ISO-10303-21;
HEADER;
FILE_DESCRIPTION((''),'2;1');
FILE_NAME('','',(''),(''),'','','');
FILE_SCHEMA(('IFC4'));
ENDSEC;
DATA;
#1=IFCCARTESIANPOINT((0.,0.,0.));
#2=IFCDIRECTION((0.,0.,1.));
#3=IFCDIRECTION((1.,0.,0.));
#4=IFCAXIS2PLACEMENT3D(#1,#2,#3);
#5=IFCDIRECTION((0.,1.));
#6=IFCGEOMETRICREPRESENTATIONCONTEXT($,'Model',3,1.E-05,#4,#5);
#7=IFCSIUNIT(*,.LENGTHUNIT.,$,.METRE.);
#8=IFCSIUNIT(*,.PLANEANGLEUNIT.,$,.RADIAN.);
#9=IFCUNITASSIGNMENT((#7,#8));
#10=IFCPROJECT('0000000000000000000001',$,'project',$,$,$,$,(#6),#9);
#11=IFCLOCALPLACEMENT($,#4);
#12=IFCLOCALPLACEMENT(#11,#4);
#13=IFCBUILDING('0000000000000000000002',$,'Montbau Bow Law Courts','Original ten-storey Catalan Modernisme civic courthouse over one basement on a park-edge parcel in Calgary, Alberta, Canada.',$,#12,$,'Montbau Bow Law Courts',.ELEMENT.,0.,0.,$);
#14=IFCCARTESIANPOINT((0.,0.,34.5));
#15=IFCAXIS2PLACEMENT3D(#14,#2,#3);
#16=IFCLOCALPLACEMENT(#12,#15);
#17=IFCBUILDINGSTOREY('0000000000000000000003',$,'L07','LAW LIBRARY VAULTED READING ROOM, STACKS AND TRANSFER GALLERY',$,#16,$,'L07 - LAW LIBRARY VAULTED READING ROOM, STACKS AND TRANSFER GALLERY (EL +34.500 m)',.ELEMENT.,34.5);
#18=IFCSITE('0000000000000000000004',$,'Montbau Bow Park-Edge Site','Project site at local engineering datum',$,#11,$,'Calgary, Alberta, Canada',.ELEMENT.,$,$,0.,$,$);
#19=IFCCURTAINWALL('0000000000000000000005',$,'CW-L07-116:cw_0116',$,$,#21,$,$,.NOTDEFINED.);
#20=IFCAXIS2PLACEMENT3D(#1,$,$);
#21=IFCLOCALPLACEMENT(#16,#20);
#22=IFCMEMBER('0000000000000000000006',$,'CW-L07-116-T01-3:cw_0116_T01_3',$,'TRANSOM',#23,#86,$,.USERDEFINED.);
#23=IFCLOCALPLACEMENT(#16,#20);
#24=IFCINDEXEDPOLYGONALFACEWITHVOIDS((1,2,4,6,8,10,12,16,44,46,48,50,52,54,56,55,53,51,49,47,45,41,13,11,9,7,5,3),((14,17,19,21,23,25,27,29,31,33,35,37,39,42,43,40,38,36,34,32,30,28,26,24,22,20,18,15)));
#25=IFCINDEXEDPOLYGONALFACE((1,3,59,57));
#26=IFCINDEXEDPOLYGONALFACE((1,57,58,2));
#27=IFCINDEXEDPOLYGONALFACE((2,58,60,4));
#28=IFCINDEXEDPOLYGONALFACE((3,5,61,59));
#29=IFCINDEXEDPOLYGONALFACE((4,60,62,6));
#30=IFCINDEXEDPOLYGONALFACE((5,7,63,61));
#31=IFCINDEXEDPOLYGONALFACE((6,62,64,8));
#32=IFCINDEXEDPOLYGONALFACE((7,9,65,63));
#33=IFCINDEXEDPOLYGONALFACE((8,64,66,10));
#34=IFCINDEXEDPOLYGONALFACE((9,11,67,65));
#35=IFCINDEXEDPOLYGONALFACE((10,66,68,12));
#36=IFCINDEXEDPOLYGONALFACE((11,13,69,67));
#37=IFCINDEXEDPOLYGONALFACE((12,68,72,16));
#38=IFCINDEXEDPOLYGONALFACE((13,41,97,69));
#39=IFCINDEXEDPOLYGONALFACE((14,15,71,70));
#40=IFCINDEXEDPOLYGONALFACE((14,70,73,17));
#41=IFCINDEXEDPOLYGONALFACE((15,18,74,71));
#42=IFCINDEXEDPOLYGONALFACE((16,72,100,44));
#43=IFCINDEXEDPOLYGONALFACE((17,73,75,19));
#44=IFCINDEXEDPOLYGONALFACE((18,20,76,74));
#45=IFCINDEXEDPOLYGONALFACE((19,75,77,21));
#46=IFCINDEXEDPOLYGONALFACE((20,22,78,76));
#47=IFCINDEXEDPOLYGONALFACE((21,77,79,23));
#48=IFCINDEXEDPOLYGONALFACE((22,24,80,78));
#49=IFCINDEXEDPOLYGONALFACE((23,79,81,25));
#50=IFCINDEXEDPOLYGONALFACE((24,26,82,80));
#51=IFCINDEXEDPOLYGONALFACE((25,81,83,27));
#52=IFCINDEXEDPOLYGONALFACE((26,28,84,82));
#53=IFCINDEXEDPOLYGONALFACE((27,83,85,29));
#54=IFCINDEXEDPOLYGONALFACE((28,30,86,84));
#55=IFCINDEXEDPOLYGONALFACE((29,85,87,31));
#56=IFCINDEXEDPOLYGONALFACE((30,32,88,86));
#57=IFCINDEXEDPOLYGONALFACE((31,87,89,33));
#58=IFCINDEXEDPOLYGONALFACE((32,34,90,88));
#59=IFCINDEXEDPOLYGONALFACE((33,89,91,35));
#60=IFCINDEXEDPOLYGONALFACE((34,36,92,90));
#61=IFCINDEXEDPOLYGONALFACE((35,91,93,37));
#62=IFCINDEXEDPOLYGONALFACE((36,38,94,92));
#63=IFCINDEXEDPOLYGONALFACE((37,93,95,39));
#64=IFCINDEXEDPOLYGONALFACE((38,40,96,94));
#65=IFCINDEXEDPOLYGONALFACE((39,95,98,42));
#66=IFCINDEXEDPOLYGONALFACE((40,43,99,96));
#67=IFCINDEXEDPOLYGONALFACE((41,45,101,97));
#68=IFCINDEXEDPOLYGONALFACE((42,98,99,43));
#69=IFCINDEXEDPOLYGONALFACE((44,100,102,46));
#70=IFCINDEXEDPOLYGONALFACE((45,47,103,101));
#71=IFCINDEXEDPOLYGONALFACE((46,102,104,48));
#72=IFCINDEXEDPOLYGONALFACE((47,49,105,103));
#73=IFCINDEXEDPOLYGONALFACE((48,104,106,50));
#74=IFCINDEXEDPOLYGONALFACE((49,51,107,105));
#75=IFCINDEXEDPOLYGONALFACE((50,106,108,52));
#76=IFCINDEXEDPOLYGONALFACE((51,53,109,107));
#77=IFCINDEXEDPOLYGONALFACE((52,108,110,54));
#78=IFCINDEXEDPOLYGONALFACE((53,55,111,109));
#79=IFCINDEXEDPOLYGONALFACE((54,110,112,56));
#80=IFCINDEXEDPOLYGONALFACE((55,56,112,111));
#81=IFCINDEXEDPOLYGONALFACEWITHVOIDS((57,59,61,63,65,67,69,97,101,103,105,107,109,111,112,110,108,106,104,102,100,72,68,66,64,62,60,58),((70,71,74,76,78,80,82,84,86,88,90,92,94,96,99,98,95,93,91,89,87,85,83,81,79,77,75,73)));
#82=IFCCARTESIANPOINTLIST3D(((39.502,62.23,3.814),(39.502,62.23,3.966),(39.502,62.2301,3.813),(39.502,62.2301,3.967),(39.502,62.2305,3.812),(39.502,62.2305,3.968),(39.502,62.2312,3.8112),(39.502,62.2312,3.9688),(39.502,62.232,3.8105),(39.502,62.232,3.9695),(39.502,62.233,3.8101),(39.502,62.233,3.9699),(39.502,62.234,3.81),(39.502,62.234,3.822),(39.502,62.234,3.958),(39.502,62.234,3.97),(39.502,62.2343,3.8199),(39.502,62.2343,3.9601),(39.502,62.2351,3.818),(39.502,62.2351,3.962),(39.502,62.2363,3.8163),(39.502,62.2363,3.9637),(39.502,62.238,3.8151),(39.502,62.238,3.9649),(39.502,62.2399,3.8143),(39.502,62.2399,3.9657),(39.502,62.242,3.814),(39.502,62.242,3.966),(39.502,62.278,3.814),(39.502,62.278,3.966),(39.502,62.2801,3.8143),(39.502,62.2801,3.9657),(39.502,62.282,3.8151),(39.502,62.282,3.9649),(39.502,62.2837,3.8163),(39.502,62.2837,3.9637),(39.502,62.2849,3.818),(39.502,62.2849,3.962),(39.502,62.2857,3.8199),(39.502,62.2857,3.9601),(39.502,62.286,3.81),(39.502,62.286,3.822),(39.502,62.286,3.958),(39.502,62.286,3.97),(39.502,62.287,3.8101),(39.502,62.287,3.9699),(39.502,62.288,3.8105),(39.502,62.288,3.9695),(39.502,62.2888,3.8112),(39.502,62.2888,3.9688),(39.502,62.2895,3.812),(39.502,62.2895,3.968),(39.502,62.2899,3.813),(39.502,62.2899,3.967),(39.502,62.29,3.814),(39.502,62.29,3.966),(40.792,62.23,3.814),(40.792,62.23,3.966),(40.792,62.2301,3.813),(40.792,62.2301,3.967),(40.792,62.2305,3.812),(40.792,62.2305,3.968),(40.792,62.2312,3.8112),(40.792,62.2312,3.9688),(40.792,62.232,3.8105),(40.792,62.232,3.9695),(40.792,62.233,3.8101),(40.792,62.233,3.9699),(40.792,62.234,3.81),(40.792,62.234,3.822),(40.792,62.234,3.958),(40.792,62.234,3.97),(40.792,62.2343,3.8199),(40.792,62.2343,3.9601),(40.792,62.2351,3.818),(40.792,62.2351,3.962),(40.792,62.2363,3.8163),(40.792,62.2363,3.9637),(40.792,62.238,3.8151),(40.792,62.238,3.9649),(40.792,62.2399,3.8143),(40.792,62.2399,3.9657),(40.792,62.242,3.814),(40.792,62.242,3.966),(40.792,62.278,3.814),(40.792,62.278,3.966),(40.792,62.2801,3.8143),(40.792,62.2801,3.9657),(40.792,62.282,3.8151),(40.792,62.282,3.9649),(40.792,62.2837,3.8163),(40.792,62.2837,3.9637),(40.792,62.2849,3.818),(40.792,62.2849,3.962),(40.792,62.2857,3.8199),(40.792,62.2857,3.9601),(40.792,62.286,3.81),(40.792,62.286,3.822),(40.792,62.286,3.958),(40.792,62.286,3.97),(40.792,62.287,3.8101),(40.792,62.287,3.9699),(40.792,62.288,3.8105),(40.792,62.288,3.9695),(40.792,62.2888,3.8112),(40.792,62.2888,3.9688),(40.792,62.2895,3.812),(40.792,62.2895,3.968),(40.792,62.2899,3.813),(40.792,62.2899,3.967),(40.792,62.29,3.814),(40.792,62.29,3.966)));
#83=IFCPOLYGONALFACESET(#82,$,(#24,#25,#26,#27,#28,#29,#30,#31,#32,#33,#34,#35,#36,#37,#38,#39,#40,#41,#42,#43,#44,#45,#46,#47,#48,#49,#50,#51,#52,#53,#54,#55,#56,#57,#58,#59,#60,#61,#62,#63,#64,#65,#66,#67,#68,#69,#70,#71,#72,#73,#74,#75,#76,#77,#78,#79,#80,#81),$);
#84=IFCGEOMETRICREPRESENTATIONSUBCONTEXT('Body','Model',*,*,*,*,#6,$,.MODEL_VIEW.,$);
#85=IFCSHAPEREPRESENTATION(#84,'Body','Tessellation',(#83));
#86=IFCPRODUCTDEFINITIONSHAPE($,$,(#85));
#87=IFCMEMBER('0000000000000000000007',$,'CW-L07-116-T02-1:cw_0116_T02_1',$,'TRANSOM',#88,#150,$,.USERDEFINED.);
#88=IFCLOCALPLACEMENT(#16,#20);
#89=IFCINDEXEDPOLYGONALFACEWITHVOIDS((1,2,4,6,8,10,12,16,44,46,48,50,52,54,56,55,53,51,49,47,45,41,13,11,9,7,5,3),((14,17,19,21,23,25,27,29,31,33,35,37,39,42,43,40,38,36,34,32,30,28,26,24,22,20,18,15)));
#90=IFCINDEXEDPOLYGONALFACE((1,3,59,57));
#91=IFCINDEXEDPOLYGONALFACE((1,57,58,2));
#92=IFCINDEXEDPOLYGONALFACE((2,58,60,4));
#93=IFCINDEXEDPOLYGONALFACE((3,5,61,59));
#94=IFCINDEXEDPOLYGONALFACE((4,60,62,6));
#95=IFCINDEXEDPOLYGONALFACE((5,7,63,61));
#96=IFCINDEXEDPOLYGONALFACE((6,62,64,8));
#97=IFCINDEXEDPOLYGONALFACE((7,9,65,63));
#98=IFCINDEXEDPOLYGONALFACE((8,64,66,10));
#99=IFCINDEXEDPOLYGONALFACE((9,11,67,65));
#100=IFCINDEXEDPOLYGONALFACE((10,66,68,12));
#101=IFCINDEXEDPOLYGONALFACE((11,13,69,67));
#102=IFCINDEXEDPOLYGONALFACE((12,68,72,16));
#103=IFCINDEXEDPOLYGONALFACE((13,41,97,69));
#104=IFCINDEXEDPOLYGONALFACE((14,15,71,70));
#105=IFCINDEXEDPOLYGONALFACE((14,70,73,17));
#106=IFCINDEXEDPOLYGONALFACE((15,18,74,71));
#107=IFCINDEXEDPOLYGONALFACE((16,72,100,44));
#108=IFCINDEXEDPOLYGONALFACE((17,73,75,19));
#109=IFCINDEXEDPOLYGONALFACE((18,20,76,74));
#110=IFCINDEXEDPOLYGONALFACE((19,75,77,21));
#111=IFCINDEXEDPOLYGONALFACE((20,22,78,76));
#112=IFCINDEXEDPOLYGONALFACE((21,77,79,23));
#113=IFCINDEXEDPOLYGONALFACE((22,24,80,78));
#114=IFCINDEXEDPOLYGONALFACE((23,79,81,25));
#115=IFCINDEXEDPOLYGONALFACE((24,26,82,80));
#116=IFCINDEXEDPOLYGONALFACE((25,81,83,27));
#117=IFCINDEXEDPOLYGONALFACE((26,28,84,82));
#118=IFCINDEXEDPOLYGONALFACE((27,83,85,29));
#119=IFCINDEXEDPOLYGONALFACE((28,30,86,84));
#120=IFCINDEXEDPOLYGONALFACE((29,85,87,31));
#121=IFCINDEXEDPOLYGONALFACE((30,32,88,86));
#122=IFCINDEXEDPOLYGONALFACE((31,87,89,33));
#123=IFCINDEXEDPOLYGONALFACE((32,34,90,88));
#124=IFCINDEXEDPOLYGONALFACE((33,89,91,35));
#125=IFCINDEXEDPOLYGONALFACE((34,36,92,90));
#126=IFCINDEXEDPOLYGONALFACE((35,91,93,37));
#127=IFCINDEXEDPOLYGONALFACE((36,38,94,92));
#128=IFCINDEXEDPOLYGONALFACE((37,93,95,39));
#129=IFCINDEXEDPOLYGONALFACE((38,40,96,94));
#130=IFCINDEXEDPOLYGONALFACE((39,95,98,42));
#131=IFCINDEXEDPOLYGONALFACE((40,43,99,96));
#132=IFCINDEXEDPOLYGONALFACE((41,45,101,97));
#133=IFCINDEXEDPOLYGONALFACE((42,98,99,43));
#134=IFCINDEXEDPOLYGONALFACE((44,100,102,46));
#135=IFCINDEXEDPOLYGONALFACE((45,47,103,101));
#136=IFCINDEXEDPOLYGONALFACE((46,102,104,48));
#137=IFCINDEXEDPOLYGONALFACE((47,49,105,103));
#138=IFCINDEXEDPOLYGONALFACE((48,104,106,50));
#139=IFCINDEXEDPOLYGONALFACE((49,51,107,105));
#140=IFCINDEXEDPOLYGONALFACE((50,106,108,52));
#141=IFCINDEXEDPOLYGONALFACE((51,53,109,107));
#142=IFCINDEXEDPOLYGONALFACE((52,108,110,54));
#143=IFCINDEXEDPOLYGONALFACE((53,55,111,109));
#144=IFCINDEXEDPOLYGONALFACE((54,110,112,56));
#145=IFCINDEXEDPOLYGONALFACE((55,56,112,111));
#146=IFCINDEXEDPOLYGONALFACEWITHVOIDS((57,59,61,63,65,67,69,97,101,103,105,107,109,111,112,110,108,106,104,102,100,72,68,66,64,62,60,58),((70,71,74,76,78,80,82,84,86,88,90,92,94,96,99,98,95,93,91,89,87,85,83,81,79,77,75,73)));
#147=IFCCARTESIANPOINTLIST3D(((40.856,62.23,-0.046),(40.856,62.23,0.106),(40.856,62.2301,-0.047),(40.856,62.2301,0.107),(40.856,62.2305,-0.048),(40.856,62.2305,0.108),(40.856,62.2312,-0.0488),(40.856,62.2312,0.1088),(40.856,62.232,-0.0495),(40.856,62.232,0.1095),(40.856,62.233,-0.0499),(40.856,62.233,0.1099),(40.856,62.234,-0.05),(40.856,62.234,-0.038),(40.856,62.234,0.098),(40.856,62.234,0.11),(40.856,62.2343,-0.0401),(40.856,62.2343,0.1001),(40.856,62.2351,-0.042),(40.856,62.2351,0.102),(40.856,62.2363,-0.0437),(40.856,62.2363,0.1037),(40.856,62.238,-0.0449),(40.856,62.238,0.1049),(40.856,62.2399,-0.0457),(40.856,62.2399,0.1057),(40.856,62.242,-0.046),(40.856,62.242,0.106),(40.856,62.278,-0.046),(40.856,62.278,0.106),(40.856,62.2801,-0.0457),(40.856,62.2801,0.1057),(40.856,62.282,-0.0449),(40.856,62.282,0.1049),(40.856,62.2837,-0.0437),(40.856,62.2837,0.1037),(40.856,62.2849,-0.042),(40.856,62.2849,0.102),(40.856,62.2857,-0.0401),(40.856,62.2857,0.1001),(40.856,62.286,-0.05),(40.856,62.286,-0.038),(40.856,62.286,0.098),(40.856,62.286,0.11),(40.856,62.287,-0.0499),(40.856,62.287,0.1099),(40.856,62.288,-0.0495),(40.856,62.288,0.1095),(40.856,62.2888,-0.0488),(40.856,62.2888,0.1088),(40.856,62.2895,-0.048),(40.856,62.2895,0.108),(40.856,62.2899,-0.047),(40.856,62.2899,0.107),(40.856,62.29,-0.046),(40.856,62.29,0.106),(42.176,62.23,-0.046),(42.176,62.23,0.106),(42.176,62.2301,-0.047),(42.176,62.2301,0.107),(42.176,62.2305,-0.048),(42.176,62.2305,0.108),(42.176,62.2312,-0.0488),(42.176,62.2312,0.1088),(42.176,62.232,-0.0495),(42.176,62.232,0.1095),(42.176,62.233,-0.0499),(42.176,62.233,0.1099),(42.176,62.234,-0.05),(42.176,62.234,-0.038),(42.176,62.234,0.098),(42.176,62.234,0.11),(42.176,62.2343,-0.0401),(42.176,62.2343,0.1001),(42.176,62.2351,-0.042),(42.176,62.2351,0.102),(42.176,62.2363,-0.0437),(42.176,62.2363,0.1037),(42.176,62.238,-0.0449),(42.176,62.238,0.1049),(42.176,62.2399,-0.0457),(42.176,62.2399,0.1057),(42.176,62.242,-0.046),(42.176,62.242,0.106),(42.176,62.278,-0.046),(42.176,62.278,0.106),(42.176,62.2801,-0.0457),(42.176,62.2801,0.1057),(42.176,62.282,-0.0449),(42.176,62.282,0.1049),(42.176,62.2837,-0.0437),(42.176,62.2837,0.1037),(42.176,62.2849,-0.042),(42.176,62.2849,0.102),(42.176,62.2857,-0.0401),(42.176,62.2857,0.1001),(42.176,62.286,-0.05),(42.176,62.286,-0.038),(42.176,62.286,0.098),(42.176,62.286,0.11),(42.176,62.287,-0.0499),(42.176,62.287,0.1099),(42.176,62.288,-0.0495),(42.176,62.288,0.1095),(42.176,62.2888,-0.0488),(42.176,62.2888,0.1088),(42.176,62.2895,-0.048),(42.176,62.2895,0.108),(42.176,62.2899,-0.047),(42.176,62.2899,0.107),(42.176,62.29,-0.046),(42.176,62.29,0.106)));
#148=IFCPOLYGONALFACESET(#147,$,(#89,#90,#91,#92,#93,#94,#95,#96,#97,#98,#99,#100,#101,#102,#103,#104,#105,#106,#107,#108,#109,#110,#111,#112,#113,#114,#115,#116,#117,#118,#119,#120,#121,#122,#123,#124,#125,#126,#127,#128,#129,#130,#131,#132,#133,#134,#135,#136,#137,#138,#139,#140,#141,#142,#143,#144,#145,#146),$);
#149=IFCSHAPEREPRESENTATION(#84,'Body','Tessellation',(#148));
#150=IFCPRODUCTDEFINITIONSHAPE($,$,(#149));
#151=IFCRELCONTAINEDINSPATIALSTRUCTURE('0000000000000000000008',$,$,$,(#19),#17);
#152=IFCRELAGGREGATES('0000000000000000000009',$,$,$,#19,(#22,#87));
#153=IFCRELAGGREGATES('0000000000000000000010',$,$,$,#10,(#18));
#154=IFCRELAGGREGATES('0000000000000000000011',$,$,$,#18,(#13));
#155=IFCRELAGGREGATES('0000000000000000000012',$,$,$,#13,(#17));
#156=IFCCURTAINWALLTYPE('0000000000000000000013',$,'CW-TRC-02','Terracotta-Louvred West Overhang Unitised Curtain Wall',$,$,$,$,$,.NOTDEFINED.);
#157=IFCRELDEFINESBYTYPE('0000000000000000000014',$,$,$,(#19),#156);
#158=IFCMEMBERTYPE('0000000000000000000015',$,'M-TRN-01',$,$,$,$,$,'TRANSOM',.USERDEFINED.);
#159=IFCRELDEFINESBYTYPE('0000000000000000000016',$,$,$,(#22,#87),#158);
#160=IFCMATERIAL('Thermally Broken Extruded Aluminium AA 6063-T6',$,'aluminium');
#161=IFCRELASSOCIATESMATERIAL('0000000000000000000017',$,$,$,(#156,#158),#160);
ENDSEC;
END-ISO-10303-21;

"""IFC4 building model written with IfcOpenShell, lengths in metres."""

from ifc_helpers import new_model, si_unit, direction, frame, origin_with_axes, origin_2d_with_axis, place, context, subcontext, project, spatial, hollow_rectangle, extrude, material, material_profile, profile_set, type_object, element, aggregate, save


model = new_model("IFC4")

# Units and contexts
model_context = context("Model", 3, precision=1e-05, world=origin_with_axes(), true_north=direction((0.0, 1.0)))
body_context = subcontext(model_context, "Body", "Model", "MODEL_VIEW")
ifc_project = project(units=[si_unit("LENGTHUNIT", "METRE"), si_unit("PLANEANGLEUNIT", "RADIAN")], contexts=[model_context])

# Site, building, storey
site_placement = place(None, origin_with_axes())
site = spatial("IfcSite", under=ifc_project, at=site_placement, Name="Montbau Bow Park-Edge Site", Description="Project site at local engineering datum", LongName="Calgary, Alberta, Canada", CompositionType="ELEMENT", RefElevation=0.0)
building_placement = place(site_placement, origin_with_axes())
building = spatial("IfcBuilding", under=site, at=building_placement, Name="Montbau Bow Law Courts", Description="Original ten-storey Catalan Modernisme civic courthouse over one basement on a park-edge parcel in Calgary, Alberta, Canada.", LongName="Montbau Bow Law Courts", CompositionType="ELEMENT", ElevationOfRefHeight=0.0, ElevationOfTerrain=0.0)
storey_placement = place(building_placement, frame((0.0, 0.0, 34.5), z_axis=(0.0, 0.0, 1.0), x_axis=(1.0, 0.0, 0.0)))
storey = spatial("IfcBuildingStorey", under=building, at=storey_placement, Name="L07", Description="LAW LIBRARY VAULTED READING ROOM, STACKS AND TRANSFER GALLERY", LongName="L07 - LAW LIBRARY VAULTED READING ROOM, STACKS AND TRANSFER GALLERY (EL +34.500 m)", CompositionType="ELEMENT", Elevation=34.5)

# Curtain wall, members
ifc_material_1 = material(Name="Thermally Broken Extruded Aluminium AA 6063-T6", Category="aluminium")
curtain_wall_type = type_object("IfcCurtainWallType", Name="CW-TRC-02", Description="Terracotta-Louvred West Overhang Unitised Curtain Wall", PredefinedType="NOTDEFINED", material=ifc_material_1)
curtain_wall_1_placement = place(None, frame((39.44, 62.26, 34.5), z_axis=(0.0, 0.0, 1.0), x_axis=(1.0, 0.0, 0.0)))
curtain_wall_1 = element("IfcCurtainWall", 1, at=curtain_wall_1_placement, inside=storey, type_object=curtain_wall_type, Name="CW-L07-116:cw_0116", PredefinedType="NOTDEFINED")
ifc_material_profile_1 = material_profile(ifc_material_1, hollow_rectangle(XDim=0.06, YDim=0.16, WallThickness=0.004, InnerFilletRadius=0.008, OuterFilletRadius=0.004, at=origin_2d_with_axis()), Name="CWT-160X60", Category="Main", Priority=0)
ifc_profile_set_1 = profile_set([ifc_material_profile_1], Name="Thermally Broken Extruded Aluminium AA 6063-T6")
member_type_1 = type_object("IfcMemberType", Name="M-TRN-01", ElementType="TRANSOM", PredefinedType="USERDEFINED", material=ifc_profile_set_1)
member_1_placement = place(None, frame((39.502, 62.26, 38.39), z_axis=(1.0, 0.0, 0.0), x_axis=(0.0, 1.0, 0.0)))
member_1 = element("IfcMember", 2, at=member_1_placement, type_object=member_type_1, Name="CW-L07-116-T01-3:cw_0116_T01_3", ObjectType="TRANSOM", PredefinedType="USERDEFINED", context=body_context, shape_type="SweptSolid", body=[
    extrude(hollow_rectangle(XDim=0.06, YDim=0.16, WallThickness=0.004, InnerFilletRadius=0.008, OuterFilletRadius=0.004, at=origin_2d_with_axis()), origin_with_axes(), (0.0, 0.0, 1.0), 1.29),
])
member_2_placement = place(None, frame((40.856, 62.26, 34.53), z_axis=(1.0, 0.0, 0.0), x_axis=(0.0, 1.0, 0.0)))
member_2 = element("IfcMember", 3, at=member_2_placement, type_object=member_type_1, Name="CW-L07-116-T02-1:cw_0116_T02_1", ObjectType="TRANSOM", PredefinedType="USERDEFINED", context=body_context, shape_type="SweptSolid", body=[
    extrude(hollow_rectangle(XDim=0.06, YDim=0.16, WallThickness=0.004, InnerFilletRadius=0.008, OuterFilletRadius=0.004, at=origin_2d_with_axis()), origin_with_axes(), (0.0, 0.0, 1.0), 1.32),
])

aggregate(curtain_wall_1, [member_1, member_2])

save(model, "model.ifc")
